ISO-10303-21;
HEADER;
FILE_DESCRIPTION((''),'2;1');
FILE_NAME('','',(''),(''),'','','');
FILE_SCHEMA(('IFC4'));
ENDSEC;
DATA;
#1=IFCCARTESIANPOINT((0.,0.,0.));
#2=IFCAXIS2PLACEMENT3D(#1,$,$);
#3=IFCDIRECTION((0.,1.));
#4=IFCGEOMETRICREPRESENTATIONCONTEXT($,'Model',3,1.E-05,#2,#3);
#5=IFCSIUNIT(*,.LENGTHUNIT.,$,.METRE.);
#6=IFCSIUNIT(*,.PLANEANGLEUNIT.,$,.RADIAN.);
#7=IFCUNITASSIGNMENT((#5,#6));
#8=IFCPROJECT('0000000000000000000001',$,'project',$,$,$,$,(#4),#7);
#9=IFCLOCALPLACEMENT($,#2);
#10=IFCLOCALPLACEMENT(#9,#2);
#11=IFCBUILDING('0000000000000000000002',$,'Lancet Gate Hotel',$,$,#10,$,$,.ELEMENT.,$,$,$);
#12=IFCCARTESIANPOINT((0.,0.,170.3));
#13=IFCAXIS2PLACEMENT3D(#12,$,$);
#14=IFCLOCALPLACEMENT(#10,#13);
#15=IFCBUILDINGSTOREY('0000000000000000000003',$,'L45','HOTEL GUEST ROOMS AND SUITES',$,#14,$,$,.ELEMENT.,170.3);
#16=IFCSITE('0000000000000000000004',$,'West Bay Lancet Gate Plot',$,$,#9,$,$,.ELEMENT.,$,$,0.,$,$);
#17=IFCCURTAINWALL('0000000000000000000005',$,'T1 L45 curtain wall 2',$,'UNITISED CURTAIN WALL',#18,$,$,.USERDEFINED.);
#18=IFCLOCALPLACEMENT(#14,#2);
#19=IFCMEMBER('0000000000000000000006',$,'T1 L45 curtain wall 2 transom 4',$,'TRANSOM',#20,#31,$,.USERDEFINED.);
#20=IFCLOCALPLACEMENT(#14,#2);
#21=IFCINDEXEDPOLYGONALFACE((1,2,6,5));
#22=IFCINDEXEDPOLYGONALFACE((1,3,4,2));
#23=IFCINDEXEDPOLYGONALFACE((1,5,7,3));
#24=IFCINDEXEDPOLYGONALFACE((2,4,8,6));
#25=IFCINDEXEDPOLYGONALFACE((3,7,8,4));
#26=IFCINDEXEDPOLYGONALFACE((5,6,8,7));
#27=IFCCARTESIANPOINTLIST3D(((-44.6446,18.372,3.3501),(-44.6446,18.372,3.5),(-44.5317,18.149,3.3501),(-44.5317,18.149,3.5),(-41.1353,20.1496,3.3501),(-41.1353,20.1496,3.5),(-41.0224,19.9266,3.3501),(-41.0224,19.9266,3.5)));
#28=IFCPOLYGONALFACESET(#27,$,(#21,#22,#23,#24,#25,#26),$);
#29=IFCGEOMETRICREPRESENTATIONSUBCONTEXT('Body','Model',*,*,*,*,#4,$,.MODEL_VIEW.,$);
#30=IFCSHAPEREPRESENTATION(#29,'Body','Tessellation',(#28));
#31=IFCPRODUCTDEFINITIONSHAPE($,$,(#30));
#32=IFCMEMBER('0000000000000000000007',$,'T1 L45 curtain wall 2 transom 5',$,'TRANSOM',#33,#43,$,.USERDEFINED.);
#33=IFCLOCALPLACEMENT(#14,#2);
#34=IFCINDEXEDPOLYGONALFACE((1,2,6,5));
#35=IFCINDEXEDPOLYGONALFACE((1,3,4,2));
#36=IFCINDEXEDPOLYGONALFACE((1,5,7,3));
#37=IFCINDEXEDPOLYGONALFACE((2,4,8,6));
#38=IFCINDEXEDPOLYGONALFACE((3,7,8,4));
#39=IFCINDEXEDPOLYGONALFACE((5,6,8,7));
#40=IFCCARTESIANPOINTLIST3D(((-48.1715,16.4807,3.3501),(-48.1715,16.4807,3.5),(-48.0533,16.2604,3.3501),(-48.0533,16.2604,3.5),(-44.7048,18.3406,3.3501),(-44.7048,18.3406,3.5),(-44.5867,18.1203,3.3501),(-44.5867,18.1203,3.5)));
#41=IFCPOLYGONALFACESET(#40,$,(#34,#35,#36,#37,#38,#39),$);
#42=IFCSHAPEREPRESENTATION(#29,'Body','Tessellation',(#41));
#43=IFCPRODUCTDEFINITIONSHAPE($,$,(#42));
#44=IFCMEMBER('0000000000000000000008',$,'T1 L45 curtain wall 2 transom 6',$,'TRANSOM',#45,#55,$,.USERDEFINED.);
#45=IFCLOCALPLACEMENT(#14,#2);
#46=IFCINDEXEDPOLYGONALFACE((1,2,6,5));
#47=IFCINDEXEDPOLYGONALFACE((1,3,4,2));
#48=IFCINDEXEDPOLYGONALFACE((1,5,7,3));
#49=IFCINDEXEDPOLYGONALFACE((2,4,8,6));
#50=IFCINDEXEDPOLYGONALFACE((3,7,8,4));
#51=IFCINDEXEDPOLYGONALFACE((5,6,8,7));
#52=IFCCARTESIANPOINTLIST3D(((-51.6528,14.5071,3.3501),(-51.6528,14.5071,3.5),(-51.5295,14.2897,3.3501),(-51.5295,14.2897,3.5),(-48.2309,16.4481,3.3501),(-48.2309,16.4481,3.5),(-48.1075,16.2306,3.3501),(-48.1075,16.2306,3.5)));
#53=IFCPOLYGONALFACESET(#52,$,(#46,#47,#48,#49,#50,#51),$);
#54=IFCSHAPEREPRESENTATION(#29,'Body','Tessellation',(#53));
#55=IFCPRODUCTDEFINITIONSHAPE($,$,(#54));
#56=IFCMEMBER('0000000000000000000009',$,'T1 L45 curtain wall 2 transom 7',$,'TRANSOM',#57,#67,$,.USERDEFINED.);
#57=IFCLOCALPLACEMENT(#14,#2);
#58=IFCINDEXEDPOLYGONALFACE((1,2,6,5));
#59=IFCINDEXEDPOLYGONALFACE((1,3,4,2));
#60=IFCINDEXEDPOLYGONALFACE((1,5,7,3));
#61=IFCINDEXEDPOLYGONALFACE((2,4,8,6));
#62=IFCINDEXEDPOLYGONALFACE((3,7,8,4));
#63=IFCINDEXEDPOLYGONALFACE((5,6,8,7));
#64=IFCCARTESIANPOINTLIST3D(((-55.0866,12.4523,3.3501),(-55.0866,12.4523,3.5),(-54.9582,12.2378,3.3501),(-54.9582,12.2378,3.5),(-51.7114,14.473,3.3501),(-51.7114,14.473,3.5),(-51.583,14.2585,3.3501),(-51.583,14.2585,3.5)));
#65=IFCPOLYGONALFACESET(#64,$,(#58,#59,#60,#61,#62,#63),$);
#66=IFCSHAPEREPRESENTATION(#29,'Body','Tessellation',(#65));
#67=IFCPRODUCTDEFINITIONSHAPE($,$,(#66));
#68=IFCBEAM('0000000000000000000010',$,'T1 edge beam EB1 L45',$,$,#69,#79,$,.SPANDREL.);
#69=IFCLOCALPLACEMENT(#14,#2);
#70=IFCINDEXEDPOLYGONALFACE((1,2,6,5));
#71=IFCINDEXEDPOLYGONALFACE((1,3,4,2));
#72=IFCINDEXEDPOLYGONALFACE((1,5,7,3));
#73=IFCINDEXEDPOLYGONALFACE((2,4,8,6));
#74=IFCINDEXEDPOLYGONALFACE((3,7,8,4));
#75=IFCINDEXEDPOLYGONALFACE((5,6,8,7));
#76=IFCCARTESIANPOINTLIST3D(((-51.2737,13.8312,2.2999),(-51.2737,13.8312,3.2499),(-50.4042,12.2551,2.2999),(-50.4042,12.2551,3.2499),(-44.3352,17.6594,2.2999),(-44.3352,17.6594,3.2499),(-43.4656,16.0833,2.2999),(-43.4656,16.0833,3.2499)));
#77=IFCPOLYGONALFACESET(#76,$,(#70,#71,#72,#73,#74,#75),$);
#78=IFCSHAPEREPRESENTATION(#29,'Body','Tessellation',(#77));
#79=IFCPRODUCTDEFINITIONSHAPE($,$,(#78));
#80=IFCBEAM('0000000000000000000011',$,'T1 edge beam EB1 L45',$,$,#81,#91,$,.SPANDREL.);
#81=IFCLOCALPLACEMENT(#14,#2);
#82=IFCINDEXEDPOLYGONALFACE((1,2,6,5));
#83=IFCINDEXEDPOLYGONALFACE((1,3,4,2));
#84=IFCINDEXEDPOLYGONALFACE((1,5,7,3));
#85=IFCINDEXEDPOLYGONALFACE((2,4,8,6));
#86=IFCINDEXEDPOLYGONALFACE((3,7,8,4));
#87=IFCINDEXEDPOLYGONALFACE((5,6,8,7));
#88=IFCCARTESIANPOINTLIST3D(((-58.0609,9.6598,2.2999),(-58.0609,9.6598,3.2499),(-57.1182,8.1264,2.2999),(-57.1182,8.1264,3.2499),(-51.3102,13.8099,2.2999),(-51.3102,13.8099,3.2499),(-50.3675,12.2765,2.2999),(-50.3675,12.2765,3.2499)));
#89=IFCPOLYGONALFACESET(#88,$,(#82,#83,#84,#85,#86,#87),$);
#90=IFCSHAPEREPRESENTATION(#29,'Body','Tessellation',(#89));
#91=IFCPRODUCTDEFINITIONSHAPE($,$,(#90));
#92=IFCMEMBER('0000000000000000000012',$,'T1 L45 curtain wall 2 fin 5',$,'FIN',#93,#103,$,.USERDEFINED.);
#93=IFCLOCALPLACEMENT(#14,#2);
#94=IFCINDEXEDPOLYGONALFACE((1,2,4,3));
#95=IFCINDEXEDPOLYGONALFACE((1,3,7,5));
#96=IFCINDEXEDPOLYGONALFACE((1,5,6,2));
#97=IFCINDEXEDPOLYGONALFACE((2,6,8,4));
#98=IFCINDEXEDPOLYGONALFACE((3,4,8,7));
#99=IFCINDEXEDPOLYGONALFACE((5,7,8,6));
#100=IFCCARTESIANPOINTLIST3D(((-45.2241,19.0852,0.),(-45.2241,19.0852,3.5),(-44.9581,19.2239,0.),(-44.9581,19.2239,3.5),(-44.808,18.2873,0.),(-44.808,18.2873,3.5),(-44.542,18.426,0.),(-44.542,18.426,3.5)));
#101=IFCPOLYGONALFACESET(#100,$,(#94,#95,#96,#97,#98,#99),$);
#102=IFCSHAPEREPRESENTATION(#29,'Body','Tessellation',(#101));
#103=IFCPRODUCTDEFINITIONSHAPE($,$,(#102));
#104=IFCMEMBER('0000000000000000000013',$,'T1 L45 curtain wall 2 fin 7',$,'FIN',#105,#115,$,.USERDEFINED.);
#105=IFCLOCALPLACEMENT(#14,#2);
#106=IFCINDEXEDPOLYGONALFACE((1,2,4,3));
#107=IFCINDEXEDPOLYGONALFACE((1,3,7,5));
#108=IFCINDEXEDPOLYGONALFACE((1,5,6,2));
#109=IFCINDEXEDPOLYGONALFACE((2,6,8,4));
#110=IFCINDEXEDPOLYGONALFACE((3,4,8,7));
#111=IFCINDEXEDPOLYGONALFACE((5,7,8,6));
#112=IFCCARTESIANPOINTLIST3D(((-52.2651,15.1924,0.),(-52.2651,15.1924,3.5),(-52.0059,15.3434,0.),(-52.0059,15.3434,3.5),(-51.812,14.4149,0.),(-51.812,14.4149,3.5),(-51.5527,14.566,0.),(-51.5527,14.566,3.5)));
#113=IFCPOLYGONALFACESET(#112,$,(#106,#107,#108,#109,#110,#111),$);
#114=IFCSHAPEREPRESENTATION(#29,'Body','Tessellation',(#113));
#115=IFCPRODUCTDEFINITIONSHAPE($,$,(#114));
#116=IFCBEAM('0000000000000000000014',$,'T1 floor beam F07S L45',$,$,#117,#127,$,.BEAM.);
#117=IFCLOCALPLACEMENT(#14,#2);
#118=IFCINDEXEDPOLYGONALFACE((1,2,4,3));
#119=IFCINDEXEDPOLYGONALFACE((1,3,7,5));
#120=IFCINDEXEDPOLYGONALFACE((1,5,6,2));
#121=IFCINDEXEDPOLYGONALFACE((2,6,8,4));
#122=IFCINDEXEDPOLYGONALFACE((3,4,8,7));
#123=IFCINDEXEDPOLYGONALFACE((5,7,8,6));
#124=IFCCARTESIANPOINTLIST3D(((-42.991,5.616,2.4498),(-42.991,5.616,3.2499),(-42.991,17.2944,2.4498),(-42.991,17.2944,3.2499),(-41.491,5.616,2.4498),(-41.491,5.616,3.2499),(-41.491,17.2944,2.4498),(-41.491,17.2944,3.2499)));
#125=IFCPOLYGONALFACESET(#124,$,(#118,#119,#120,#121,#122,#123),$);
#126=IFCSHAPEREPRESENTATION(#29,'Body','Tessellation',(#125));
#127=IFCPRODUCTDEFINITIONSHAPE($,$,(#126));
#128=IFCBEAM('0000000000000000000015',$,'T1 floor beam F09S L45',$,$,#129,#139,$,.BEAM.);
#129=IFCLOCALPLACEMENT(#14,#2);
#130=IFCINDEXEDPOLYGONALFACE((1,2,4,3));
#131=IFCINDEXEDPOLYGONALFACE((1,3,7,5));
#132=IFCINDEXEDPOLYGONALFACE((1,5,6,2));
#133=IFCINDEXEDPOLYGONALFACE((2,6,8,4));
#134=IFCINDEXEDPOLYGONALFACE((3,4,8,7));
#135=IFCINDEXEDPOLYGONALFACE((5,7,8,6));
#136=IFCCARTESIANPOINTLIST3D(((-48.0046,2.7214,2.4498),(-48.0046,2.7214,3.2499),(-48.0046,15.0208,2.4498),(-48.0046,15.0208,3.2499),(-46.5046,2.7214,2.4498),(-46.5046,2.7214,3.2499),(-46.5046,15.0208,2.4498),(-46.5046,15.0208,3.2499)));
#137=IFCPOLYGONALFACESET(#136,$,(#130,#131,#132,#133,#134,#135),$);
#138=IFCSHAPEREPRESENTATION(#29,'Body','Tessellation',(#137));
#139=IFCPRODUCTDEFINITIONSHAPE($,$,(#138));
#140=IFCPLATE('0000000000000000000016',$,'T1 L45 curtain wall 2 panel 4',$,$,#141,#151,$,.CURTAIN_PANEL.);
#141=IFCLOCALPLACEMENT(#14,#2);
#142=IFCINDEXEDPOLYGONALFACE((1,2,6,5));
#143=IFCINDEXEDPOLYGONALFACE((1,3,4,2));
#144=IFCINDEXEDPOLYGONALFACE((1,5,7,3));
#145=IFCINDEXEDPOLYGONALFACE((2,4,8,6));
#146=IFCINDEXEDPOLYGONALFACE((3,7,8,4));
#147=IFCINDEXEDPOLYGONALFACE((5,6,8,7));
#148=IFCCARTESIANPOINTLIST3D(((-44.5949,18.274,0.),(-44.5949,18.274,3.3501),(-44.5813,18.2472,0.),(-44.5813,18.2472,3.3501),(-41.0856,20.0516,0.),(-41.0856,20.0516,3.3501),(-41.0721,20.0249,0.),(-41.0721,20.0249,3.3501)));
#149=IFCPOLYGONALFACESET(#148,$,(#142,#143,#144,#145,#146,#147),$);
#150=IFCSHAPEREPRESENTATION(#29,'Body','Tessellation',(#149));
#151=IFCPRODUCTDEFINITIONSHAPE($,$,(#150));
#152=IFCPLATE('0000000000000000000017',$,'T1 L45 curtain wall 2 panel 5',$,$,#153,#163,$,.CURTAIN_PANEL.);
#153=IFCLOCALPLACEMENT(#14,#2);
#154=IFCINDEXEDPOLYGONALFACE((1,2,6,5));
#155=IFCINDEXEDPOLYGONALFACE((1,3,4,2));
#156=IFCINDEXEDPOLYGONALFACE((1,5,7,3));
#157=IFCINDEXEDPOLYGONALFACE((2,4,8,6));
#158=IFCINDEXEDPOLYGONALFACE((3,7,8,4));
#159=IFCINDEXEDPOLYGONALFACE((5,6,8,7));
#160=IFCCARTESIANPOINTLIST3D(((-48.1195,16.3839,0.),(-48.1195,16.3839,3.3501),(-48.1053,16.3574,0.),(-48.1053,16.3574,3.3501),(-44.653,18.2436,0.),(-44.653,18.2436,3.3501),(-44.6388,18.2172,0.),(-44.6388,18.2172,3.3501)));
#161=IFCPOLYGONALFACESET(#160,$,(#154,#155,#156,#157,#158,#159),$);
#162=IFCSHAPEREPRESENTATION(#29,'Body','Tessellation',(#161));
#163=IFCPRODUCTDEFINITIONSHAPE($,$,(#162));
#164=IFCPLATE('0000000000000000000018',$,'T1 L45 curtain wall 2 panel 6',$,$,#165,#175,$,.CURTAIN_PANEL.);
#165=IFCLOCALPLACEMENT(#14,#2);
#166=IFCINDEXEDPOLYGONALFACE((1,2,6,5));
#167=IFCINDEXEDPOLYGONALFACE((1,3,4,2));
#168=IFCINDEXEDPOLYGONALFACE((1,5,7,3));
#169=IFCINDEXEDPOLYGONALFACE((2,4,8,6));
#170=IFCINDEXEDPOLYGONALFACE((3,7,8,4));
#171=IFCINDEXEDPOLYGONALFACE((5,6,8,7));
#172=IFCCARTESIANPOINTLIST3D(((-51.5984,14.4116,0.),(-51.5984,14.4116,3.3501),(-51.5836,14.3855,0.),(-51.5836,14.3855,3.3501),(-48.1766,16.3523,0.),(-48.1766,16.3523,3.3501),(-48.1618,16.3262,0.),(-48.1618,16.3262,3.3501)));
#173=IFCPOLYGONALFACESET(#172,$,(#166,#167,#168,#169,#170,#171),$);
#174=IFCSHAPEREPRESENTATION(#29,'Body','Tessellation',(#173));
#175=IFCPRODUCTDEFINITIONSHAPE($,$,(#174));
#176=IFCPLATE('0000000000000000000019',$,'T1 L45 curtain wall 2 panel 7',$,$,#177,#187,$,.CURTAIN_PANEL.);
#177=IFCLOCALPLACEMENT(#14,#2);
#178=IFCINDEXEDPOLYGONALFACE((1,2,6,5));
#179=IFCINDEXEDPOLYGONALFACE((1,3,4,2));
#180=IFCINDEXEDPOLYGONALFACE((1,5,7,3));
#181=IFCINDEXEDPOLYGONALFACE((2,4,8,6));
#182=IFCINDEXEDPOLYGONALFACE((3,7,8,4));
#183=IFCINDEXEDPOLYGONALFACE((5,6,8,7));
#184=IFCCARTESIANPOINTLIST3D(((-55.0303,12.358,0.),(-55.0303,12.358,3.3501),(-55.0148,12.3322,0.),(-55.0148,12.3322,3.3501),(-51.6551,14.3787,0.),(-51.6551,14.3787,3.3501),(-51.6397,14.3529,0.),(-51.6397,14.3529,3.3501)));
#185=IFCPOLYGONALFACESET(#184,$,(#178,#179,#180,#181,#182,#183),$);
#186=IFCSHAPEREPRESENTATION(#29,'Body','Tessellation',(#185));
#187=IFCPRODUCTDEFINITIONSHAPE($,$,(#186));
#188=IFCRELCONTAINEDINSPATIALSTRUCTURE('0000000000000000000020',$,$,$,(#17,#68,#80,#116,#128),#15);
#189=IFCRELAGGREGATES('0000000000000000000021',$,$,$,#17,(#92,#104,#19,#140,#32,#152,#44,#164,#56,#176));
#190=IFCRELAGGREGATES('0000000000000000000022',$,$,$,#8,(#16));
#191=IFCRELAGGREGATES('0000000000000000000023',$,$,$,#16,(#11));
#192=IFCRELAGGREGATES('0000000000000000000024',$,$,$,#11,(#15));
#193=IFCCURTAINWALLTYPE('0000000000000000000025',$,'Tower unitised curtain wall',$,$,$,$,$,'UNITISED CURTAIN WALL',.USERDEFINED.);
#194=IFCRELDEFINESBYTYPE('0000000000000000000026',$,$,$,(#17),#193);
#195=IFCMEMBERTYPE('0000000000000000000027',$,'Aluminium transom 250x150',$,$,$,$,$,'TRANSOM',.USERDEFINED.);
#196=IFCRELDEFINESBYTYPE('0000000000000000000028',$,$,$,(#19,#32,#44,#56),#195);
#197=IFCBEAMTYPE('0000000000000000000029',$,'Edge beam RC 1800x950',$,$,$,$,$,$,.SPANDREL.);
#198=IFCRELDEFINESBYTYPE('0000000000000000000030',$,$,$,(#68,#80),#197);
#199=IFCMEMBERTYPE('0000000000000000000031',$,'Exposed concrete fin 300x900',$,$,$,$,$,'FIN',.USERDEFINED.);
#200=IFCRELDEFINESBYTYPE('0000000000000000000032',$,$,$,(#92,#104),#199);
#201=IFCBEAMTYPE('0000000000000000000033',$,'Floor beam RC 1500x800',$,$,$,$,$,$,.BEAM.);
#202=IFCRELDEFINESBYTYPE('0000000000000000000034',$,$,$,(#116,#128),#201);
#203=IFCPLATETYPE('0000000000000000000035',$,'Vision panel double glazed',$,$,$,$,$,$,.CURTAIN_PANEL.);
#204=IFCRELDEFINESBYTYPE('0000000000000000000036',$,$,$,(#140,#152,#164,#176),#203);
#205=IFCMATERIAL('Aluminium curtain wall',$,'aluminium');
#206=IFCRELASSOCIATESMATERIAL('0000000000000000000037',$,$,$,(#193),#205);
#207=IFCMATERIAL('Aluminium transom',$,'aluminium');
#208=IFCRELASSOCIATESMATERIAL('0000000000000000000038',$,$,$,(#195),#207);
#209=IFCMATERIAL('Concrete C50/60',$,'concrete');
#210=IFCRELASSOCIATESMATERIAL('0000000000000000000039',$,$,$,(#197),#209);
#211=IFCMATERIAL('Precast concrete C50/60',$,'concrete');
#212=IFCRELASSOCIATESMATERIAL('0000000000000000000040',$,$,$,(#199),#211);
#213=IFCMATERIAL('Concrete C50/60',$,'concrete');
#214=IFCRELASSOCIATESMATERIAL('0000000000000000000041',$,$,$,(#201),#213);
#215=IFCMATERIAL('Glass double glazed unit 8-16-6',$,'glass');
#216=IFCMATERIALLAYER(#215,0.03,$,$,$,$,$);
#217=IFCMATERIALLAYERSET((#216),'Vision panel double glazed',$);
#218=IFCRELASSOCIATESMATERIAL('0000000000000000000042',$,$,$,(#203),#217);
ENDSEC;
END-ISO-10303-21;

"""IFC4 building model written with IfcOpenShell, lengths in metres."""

from ifc_helpers import new_model, si_unit, direction, frame, origin, origin_2d, place, context, subcontext, project, spatial, rectangle, extrude, material, layer, layer_set, material_profile, profile_set, type_object, element, aggregate, save


model = new_model("IFC4")

# Units and contexts
model_context = context("Model", 3, precision=1e-05, world=origin(), true_north=direction((0.0, 1.0)))
body_context = subcontext(model_context, "Body", "Model", "MODEL_VIEW")
ifc_project = project(units=[si_unit("LENGTHUNIT", "METRE"), si_unit("PLANEANGLEUNIT", "RADIAN")], contexts=[model_context])

# Site, building, storey
site_placement = place(None, origin())
site = spatial("IfcSite", under=ifc_project, at=site_placement, Name="West Bay Lancet Gate Plot", CompositionType="ELEMENT", RefElevation=0.0)
building_placement = place(site_placement, origin())
building = spatial("IfcBuilding", under=site, at=building_placement, Name="Lancet Gate Hotel", CompositionType="ELEMENT")
storey_placement = place(building_placement, frame((0.0, 0.0, 170.3)))
storey = spatial("IfcBuildingStorey", under=building, at=storey_placement, Name="L45", Description="HOTEL GUEST ROOMS AND SUITES", CompositionType="ELEMENT", Elevation=170.3)

# Curtain wall, members
ifc_material_1 = material(Name="Aluminium curtain wall", Category="aluminium")
curtain_wall_type = type_object("IfcCurtainWallType", Name="Tower unitised curtain wall", ElementType="UNITISED CURTAIN WALL", PredefinedType="USERDEFINED", material=ifc_material_1)
curtain_wall_placement = place(storey_placement, origin())
curtain_wall = element("IfcCurtainWall", 1, at=curtain_wall_placement, inside=storey, type_object=curtain_wall_type, Name="T1 L45 curtain wall 2", ObjectType="UNITISED CURTAIN WALL", PredefinedType="USERDEFINED")
ifc_material_2 = material(Name="Aluminium transom", Category="aluminium")
ifc_material_profile_1 = material_profile(ifc_material_2, rectangle(XDim=0.25, YDim=0.1499, at=origin_2d()), Name="TRANSOM 250x150")
ifc_profile_set_1 = profile_set([ifc_material_profile_1], Name="Aluminium transom")
member_type_1 = type_object("IfcMemberType", Name="Aluminium transom 250x150", ElementType="TRANSOM", PredefinedType="USERDEFINED", material=ifc_profile_set_1)
member_1_placement = place(storey_placement, frame((-41.0789, 20.0381, 3.425), z_axis=(-0.892081, -0.451875, 0.0), x_axis=(0.451875, -0.892081, 0.0)))
member_1 = element("IfcMember", 2, at=member_1_placement, type_object=member_type_1, Name="T1 L45 curtain wall 2 transom 4", ObjectType="TRANSOM", PredefinedType="USERDEFINED", context=body_context, shape_type="SweptSolid", body=[
    extrude(rectangle(XDim=0.25, YDim=0.1499, at=origin_2d()), origin(), (0.0, 0.0, 1.0), 3.9338),
])
member_2_placement = place(storey_placement, frame((-44.6458, 18.2305, 3.425), z_axis=(-0.881185, -0.472771, 0.0), x_axis=(0.472771, -0.881185, 0.0)))
member_2 = element("IfcMember", 3, at=member_2_placement, type_object=member_type_1, Name="T1 L45 curtain wall 2 transom 5", ObjectType="TRANSOM", PredefinedType="USERDEFINED", context=body_context, shape_type="SweptSolid", body=[
    extrude(rectangle(XDim=0.25, YDim=0.1499, at=origin_2d()), origin(), (0.0, 0.0, 1.0), 3.9341),
])
member_3_placement = place(storey_placement, frame((-48.1692, 16.3394, 3.425), z_axis=(-0.86982, -0.49337, 0.0), x_axis=(0.49337, -0.86982, 0.0)))
member_3 = element("IfcMember", 4, at=member_3_placement, type_object=member_type_1, Name="T1 L45 curtain wall 2 transom 6", ObjectType="TRANSOM", PredefinedType="USERDEFINED", context=body_context, shape_type="SweptSolid", body=[
    extrude(rectangle(XDim=0.25, YDim=0.1499, at=origin_2d()), origin(), (0.0, 0.0, 1.0), 3.9341),
])
member_4_placement = place(storey_placement, frame((-51.6472, 14.3657, 3.425), z_axis=(-0.857985, -0.513674, 0.0), x_axis=(0.513674, -0.857985, 0.0)))
member_4 = element("IfcMember", 5, at=member_4_placement, type_object=member_type_1, Name="T1 L45 curtain wall 2 transom 7", ObjectType="TRANSOM", PredefinedType="USERDEFINED", context=body_context, shape_type="SweptSolid", body=[
    extrude(rectangle(XDim=0.25, YDim=0.1499, at=origin_2d()), origin(), (0.0, 0.0, 1.0), 3.9338),
])

# Beams
ifc_material_3 = material(Name="Concrete C50/60", Category="concrete")
ifc_material_profile_2 = material_profile(ifc_material_3, rectangle(XDim=1.8, YDim=0.95, at=origin_2d()), Name="RC 1800x950")
ifc_profile_set_2 = profile_set([ifc_material_profile_2], Name="Concrete C50/60")
beam_type_1 = type_object("IfcBeamType", Name="Edge beam RC 1800x950", PredefinedType="SPANDREL", material=ifc_profile_set_2)
beam_1_placement = place(storey_placement, frame((-43.9004, 16.8713, 2.7749), z_axis=(-0.875578, -0.483077, 0.0), x_axis=(0.483077, -0.875578, 0.0)))
element("IfcBeam", 6, at=beam_1_placement, inside=storey, type_object=beam_type_1, Name="T1 edge beam EB1 L45", PredefinedType="SPANDREL", context=body_context, shape_type="SweptSolid", body=[
    extrude(rectangle(XDim=1.8, YDim=0.95, at=origin_2d()), origin(), (0.0, 0.0, 1.0), 7.9246),
])
beam_2_placement = place(storey_placement, frame((-50.8389, 13.0432, 2.7749), z_axis=(-0.851892, -0.523717, 0.0), x_axis=(0.523717, -0.851892, 0.0)))
element("IfcBeam", 7, at=beam_2_placement, inside=storey, type_object=beam_type_1, Name="T1 edge beam EB1 L45", PredefinedType="SPANDREL", context=body_context, shape_type="SweptSolid", body=[
    extrude(rectangle(XDim=1.8, YDim=0.95, at=origin_2d()), origin(), (0.0, 0.0, 1.0), 7.9243),
])

# Members
ifc_material_4 = material(Name="Precast concrete C50/60", Category="concrete")
ifc_material_profile_3 = material_profile(ifc_material_4, rectangle(XDim=0.3, YDim=0.8999, at=origin_2d()), Name="FIN 300x900")
ifc_profile_set_3 = profile_set([ifc_material_profile_3], Name="Precast concrete C50/60")
member_type_2 = type_object("IfcMemberType", Name="Exposed concrete fin 300x900", ElementType="FIN", PredefinedType="USERDEFINED", material=ifc_profile_set_3)
member_5_placement = place(storey_placement, frame((-44.8831, 18.7556, 0.0), z_axis=(0.0, 0.0, 1.0), x_axis=(-0.886694, -0.462356, 0.0)))
member_5 = element("IfcMember", 8, at=member_5_placement, type_object=member_type_2, Name="T1 L45 curtain wall 2 fin 5", ObjectType="FIN", PredefinedType="USERDEFINED", context=body_context, shape_type="SweptSolid", body=[
    extrude(rectangle(XDim=0.3, YDim=0.8999, at=origin_2d()), origin(), (0.0, 0.0, 1.0), 3.5),
])
member_6_placement = place(storey_placement, frame((-51.9089, 14.8792, 0.0), z_axis=(0.0, 0.0, 1.0), x_axis=(-0.863969, -0.503545, 0.0)))
member_6 = element("IfcMember", 9, at=member_6_placement, type_object=member_type_2, Name="T1 L45 curtain wall 2 fin 7", ObjectType="FIN", PredefinedType="USERDEFINED", context=body_context, shape_type="SweptSolid", body=[
    extrude(rectangle(XDim=0.3, YDim=0.8999, at=origin_2d()), origin(), (0.0, 0.0, 1.0), 3.5),
])

# Beams
ifc_material_5 = material(Name="Concrete C50/60", Category="concrete")
ifc_material_profile_4 = material_profile(ifc_material_5, rectangle(XDim=1.5, YDim=0.8, at=origin_2d()), Name="RC 1500x800")
ifc_profile_set_4 = profile_set([ifc_material_profile_4], Name="Concrete C50/60")
beam_type_2 = type_object("IfcBeamType", Name="Floor beam RC 1500x800", PredefinedType="BEAM", material=ifc_profile_set_4)
beam_3_placement = place(storey_placement, frame((-42.241, 17.2944, 2.8499), z_axis=(0.0, -1.0, 0.0), x_axis=(1.0, 0.0, 0.0)))
element("IfcBeam", 10, at=beam_3_placement, inside=storey, type_object=beam_type_2, Name="T1 floor beam F07S L45", PredefinedType="BEAM", context=body_context, shape_type="SweptSolid", body=[
    extrude(rectangle(XDim=1.5, YDim=0.8, at=origin_2d()), origin(), (0.0, 0.0, 1.0), 11.6785),
])
beam_4_placement = place(storey_placement, frame((-47.2546, 15.0208, 2.8499), z_axis=(0.0, -1.0, 0.0), x_axis=(1.0, 0.0, 0.0)))
element("IfcBeam", 11, at=beam_4_placement, inside=storey, type_object=beam_type_2, Name="T1 floor beam F09S L45", PredefinedType="BEAM", context=body_context, shape_type="SweptSolid", body=[
    extrude(rectangle(XDim=1.5, YDim=0.8, at=origin_2d()), origin(), (0.0, 0.0, 1.0), 12.2993),
])

# Plates
ifc_material_6 = material(Name="Glass double glazed unit 8-16-6", Category="glass")
ifc_layer_1 = layer(ifc_material_6, 0.03)
ifc_layer_set_1 = layer_set([ifc_layer_1], Name="Vision panel double glazed")
plate_type = type_object("IfcPlateType", Name="Vision panel double glazed", PredefinedType="CURTAIN_PANEL", material=ifc_layer_set_1)
plate_1_placement = place(storey_placement, frame((-42.8335, 19.1494, 0.0), z_axis=(0.0, 0.0, 1.0), x_axis=(-0.892071, -0.451895, 0.0)))
plate_1 = element("IfcPlate", 12, at=plate_1_placement, type_object=plate_type, Name="T1 L45 curtain wall 2 panel 4", PredefinedType="CURTAIN_PANEL", context=body_context, shape_type="SweptSolid", body=[
    extrude(rectangle(XDim=3.9338, YDim=0.03, at=origin_2d()), origin(), (0.0, 0.0, 1.0), 3.3501),
])
plate_2_placement = place(storey_placement, frame((-46.3792, 17.3005, 0.0), z_axis=(0.0, 0.0, 1.0), x_axis=(-0.881195, -0.472753, 0.0)))
plate_2 = element("IfcPlate", 13, at=plate_2_placement, type_object=plate_type, Name="T1 L45 curtain wall 2 panel 5", PredefinedType="CURTAIN_PANEL", context=body_context, shape_type="SweptSolid", body=[
    extrude(rectangle(XDim=3.9338, YDim=0.03, at=origin_2d()), origin(), (0.0, 0.0, 1.0), 3.3501),
])
plate_3_placement = place(storey_placement, frame((-49.8801, 15.3689, 0.0), z_axis=(0.0, 0.0, 1.0), x_axis=(-0.869831, -0.493349, 0.0)))
plate_3 = element("IfcPlate", 14, at=plate_3_placement, type_object=plate_type, Name="T1 L45 curtain wall 2 panel 6", PredefinedType="CURTAIN_PANEL", context=body_context, shape_type="SweptSolid", body=[
    extrude(rectangle(XDim=3.9338, YDim=0.03, at=origin_2d()), origin(), (0.0, 0.0, 1.0), 3.3501),
])
plate_4_placement = place(storey_placement, frame((-53.335, 13.3555, 0.0), z_axis=(0.0, 0.0, 1.0), x_axis=(-0.857987, -0.513672, 0.0)))
plate_4 = element("IfcPlate", 15, at=plate_4_placement, type_object=plate_type, Name="T1 L45 curtain wall 2 panel 7", PredefinedType="CURTAIN_PANEL", context=body_context, shape_type="SweptSolid", body=[
    extrude(rectangle(XDim=3.9338, YDim=0.03, at=origin_2d()), origin(), (0.0, 0.0, 1.0), 3.3501),
])
aggregate(curtain_wall, [member_5, member_6, member_1, plate_1, member_2, plate_2, member_3, plate_3, member_4, plate_4])

save(model, "model.ifc")
